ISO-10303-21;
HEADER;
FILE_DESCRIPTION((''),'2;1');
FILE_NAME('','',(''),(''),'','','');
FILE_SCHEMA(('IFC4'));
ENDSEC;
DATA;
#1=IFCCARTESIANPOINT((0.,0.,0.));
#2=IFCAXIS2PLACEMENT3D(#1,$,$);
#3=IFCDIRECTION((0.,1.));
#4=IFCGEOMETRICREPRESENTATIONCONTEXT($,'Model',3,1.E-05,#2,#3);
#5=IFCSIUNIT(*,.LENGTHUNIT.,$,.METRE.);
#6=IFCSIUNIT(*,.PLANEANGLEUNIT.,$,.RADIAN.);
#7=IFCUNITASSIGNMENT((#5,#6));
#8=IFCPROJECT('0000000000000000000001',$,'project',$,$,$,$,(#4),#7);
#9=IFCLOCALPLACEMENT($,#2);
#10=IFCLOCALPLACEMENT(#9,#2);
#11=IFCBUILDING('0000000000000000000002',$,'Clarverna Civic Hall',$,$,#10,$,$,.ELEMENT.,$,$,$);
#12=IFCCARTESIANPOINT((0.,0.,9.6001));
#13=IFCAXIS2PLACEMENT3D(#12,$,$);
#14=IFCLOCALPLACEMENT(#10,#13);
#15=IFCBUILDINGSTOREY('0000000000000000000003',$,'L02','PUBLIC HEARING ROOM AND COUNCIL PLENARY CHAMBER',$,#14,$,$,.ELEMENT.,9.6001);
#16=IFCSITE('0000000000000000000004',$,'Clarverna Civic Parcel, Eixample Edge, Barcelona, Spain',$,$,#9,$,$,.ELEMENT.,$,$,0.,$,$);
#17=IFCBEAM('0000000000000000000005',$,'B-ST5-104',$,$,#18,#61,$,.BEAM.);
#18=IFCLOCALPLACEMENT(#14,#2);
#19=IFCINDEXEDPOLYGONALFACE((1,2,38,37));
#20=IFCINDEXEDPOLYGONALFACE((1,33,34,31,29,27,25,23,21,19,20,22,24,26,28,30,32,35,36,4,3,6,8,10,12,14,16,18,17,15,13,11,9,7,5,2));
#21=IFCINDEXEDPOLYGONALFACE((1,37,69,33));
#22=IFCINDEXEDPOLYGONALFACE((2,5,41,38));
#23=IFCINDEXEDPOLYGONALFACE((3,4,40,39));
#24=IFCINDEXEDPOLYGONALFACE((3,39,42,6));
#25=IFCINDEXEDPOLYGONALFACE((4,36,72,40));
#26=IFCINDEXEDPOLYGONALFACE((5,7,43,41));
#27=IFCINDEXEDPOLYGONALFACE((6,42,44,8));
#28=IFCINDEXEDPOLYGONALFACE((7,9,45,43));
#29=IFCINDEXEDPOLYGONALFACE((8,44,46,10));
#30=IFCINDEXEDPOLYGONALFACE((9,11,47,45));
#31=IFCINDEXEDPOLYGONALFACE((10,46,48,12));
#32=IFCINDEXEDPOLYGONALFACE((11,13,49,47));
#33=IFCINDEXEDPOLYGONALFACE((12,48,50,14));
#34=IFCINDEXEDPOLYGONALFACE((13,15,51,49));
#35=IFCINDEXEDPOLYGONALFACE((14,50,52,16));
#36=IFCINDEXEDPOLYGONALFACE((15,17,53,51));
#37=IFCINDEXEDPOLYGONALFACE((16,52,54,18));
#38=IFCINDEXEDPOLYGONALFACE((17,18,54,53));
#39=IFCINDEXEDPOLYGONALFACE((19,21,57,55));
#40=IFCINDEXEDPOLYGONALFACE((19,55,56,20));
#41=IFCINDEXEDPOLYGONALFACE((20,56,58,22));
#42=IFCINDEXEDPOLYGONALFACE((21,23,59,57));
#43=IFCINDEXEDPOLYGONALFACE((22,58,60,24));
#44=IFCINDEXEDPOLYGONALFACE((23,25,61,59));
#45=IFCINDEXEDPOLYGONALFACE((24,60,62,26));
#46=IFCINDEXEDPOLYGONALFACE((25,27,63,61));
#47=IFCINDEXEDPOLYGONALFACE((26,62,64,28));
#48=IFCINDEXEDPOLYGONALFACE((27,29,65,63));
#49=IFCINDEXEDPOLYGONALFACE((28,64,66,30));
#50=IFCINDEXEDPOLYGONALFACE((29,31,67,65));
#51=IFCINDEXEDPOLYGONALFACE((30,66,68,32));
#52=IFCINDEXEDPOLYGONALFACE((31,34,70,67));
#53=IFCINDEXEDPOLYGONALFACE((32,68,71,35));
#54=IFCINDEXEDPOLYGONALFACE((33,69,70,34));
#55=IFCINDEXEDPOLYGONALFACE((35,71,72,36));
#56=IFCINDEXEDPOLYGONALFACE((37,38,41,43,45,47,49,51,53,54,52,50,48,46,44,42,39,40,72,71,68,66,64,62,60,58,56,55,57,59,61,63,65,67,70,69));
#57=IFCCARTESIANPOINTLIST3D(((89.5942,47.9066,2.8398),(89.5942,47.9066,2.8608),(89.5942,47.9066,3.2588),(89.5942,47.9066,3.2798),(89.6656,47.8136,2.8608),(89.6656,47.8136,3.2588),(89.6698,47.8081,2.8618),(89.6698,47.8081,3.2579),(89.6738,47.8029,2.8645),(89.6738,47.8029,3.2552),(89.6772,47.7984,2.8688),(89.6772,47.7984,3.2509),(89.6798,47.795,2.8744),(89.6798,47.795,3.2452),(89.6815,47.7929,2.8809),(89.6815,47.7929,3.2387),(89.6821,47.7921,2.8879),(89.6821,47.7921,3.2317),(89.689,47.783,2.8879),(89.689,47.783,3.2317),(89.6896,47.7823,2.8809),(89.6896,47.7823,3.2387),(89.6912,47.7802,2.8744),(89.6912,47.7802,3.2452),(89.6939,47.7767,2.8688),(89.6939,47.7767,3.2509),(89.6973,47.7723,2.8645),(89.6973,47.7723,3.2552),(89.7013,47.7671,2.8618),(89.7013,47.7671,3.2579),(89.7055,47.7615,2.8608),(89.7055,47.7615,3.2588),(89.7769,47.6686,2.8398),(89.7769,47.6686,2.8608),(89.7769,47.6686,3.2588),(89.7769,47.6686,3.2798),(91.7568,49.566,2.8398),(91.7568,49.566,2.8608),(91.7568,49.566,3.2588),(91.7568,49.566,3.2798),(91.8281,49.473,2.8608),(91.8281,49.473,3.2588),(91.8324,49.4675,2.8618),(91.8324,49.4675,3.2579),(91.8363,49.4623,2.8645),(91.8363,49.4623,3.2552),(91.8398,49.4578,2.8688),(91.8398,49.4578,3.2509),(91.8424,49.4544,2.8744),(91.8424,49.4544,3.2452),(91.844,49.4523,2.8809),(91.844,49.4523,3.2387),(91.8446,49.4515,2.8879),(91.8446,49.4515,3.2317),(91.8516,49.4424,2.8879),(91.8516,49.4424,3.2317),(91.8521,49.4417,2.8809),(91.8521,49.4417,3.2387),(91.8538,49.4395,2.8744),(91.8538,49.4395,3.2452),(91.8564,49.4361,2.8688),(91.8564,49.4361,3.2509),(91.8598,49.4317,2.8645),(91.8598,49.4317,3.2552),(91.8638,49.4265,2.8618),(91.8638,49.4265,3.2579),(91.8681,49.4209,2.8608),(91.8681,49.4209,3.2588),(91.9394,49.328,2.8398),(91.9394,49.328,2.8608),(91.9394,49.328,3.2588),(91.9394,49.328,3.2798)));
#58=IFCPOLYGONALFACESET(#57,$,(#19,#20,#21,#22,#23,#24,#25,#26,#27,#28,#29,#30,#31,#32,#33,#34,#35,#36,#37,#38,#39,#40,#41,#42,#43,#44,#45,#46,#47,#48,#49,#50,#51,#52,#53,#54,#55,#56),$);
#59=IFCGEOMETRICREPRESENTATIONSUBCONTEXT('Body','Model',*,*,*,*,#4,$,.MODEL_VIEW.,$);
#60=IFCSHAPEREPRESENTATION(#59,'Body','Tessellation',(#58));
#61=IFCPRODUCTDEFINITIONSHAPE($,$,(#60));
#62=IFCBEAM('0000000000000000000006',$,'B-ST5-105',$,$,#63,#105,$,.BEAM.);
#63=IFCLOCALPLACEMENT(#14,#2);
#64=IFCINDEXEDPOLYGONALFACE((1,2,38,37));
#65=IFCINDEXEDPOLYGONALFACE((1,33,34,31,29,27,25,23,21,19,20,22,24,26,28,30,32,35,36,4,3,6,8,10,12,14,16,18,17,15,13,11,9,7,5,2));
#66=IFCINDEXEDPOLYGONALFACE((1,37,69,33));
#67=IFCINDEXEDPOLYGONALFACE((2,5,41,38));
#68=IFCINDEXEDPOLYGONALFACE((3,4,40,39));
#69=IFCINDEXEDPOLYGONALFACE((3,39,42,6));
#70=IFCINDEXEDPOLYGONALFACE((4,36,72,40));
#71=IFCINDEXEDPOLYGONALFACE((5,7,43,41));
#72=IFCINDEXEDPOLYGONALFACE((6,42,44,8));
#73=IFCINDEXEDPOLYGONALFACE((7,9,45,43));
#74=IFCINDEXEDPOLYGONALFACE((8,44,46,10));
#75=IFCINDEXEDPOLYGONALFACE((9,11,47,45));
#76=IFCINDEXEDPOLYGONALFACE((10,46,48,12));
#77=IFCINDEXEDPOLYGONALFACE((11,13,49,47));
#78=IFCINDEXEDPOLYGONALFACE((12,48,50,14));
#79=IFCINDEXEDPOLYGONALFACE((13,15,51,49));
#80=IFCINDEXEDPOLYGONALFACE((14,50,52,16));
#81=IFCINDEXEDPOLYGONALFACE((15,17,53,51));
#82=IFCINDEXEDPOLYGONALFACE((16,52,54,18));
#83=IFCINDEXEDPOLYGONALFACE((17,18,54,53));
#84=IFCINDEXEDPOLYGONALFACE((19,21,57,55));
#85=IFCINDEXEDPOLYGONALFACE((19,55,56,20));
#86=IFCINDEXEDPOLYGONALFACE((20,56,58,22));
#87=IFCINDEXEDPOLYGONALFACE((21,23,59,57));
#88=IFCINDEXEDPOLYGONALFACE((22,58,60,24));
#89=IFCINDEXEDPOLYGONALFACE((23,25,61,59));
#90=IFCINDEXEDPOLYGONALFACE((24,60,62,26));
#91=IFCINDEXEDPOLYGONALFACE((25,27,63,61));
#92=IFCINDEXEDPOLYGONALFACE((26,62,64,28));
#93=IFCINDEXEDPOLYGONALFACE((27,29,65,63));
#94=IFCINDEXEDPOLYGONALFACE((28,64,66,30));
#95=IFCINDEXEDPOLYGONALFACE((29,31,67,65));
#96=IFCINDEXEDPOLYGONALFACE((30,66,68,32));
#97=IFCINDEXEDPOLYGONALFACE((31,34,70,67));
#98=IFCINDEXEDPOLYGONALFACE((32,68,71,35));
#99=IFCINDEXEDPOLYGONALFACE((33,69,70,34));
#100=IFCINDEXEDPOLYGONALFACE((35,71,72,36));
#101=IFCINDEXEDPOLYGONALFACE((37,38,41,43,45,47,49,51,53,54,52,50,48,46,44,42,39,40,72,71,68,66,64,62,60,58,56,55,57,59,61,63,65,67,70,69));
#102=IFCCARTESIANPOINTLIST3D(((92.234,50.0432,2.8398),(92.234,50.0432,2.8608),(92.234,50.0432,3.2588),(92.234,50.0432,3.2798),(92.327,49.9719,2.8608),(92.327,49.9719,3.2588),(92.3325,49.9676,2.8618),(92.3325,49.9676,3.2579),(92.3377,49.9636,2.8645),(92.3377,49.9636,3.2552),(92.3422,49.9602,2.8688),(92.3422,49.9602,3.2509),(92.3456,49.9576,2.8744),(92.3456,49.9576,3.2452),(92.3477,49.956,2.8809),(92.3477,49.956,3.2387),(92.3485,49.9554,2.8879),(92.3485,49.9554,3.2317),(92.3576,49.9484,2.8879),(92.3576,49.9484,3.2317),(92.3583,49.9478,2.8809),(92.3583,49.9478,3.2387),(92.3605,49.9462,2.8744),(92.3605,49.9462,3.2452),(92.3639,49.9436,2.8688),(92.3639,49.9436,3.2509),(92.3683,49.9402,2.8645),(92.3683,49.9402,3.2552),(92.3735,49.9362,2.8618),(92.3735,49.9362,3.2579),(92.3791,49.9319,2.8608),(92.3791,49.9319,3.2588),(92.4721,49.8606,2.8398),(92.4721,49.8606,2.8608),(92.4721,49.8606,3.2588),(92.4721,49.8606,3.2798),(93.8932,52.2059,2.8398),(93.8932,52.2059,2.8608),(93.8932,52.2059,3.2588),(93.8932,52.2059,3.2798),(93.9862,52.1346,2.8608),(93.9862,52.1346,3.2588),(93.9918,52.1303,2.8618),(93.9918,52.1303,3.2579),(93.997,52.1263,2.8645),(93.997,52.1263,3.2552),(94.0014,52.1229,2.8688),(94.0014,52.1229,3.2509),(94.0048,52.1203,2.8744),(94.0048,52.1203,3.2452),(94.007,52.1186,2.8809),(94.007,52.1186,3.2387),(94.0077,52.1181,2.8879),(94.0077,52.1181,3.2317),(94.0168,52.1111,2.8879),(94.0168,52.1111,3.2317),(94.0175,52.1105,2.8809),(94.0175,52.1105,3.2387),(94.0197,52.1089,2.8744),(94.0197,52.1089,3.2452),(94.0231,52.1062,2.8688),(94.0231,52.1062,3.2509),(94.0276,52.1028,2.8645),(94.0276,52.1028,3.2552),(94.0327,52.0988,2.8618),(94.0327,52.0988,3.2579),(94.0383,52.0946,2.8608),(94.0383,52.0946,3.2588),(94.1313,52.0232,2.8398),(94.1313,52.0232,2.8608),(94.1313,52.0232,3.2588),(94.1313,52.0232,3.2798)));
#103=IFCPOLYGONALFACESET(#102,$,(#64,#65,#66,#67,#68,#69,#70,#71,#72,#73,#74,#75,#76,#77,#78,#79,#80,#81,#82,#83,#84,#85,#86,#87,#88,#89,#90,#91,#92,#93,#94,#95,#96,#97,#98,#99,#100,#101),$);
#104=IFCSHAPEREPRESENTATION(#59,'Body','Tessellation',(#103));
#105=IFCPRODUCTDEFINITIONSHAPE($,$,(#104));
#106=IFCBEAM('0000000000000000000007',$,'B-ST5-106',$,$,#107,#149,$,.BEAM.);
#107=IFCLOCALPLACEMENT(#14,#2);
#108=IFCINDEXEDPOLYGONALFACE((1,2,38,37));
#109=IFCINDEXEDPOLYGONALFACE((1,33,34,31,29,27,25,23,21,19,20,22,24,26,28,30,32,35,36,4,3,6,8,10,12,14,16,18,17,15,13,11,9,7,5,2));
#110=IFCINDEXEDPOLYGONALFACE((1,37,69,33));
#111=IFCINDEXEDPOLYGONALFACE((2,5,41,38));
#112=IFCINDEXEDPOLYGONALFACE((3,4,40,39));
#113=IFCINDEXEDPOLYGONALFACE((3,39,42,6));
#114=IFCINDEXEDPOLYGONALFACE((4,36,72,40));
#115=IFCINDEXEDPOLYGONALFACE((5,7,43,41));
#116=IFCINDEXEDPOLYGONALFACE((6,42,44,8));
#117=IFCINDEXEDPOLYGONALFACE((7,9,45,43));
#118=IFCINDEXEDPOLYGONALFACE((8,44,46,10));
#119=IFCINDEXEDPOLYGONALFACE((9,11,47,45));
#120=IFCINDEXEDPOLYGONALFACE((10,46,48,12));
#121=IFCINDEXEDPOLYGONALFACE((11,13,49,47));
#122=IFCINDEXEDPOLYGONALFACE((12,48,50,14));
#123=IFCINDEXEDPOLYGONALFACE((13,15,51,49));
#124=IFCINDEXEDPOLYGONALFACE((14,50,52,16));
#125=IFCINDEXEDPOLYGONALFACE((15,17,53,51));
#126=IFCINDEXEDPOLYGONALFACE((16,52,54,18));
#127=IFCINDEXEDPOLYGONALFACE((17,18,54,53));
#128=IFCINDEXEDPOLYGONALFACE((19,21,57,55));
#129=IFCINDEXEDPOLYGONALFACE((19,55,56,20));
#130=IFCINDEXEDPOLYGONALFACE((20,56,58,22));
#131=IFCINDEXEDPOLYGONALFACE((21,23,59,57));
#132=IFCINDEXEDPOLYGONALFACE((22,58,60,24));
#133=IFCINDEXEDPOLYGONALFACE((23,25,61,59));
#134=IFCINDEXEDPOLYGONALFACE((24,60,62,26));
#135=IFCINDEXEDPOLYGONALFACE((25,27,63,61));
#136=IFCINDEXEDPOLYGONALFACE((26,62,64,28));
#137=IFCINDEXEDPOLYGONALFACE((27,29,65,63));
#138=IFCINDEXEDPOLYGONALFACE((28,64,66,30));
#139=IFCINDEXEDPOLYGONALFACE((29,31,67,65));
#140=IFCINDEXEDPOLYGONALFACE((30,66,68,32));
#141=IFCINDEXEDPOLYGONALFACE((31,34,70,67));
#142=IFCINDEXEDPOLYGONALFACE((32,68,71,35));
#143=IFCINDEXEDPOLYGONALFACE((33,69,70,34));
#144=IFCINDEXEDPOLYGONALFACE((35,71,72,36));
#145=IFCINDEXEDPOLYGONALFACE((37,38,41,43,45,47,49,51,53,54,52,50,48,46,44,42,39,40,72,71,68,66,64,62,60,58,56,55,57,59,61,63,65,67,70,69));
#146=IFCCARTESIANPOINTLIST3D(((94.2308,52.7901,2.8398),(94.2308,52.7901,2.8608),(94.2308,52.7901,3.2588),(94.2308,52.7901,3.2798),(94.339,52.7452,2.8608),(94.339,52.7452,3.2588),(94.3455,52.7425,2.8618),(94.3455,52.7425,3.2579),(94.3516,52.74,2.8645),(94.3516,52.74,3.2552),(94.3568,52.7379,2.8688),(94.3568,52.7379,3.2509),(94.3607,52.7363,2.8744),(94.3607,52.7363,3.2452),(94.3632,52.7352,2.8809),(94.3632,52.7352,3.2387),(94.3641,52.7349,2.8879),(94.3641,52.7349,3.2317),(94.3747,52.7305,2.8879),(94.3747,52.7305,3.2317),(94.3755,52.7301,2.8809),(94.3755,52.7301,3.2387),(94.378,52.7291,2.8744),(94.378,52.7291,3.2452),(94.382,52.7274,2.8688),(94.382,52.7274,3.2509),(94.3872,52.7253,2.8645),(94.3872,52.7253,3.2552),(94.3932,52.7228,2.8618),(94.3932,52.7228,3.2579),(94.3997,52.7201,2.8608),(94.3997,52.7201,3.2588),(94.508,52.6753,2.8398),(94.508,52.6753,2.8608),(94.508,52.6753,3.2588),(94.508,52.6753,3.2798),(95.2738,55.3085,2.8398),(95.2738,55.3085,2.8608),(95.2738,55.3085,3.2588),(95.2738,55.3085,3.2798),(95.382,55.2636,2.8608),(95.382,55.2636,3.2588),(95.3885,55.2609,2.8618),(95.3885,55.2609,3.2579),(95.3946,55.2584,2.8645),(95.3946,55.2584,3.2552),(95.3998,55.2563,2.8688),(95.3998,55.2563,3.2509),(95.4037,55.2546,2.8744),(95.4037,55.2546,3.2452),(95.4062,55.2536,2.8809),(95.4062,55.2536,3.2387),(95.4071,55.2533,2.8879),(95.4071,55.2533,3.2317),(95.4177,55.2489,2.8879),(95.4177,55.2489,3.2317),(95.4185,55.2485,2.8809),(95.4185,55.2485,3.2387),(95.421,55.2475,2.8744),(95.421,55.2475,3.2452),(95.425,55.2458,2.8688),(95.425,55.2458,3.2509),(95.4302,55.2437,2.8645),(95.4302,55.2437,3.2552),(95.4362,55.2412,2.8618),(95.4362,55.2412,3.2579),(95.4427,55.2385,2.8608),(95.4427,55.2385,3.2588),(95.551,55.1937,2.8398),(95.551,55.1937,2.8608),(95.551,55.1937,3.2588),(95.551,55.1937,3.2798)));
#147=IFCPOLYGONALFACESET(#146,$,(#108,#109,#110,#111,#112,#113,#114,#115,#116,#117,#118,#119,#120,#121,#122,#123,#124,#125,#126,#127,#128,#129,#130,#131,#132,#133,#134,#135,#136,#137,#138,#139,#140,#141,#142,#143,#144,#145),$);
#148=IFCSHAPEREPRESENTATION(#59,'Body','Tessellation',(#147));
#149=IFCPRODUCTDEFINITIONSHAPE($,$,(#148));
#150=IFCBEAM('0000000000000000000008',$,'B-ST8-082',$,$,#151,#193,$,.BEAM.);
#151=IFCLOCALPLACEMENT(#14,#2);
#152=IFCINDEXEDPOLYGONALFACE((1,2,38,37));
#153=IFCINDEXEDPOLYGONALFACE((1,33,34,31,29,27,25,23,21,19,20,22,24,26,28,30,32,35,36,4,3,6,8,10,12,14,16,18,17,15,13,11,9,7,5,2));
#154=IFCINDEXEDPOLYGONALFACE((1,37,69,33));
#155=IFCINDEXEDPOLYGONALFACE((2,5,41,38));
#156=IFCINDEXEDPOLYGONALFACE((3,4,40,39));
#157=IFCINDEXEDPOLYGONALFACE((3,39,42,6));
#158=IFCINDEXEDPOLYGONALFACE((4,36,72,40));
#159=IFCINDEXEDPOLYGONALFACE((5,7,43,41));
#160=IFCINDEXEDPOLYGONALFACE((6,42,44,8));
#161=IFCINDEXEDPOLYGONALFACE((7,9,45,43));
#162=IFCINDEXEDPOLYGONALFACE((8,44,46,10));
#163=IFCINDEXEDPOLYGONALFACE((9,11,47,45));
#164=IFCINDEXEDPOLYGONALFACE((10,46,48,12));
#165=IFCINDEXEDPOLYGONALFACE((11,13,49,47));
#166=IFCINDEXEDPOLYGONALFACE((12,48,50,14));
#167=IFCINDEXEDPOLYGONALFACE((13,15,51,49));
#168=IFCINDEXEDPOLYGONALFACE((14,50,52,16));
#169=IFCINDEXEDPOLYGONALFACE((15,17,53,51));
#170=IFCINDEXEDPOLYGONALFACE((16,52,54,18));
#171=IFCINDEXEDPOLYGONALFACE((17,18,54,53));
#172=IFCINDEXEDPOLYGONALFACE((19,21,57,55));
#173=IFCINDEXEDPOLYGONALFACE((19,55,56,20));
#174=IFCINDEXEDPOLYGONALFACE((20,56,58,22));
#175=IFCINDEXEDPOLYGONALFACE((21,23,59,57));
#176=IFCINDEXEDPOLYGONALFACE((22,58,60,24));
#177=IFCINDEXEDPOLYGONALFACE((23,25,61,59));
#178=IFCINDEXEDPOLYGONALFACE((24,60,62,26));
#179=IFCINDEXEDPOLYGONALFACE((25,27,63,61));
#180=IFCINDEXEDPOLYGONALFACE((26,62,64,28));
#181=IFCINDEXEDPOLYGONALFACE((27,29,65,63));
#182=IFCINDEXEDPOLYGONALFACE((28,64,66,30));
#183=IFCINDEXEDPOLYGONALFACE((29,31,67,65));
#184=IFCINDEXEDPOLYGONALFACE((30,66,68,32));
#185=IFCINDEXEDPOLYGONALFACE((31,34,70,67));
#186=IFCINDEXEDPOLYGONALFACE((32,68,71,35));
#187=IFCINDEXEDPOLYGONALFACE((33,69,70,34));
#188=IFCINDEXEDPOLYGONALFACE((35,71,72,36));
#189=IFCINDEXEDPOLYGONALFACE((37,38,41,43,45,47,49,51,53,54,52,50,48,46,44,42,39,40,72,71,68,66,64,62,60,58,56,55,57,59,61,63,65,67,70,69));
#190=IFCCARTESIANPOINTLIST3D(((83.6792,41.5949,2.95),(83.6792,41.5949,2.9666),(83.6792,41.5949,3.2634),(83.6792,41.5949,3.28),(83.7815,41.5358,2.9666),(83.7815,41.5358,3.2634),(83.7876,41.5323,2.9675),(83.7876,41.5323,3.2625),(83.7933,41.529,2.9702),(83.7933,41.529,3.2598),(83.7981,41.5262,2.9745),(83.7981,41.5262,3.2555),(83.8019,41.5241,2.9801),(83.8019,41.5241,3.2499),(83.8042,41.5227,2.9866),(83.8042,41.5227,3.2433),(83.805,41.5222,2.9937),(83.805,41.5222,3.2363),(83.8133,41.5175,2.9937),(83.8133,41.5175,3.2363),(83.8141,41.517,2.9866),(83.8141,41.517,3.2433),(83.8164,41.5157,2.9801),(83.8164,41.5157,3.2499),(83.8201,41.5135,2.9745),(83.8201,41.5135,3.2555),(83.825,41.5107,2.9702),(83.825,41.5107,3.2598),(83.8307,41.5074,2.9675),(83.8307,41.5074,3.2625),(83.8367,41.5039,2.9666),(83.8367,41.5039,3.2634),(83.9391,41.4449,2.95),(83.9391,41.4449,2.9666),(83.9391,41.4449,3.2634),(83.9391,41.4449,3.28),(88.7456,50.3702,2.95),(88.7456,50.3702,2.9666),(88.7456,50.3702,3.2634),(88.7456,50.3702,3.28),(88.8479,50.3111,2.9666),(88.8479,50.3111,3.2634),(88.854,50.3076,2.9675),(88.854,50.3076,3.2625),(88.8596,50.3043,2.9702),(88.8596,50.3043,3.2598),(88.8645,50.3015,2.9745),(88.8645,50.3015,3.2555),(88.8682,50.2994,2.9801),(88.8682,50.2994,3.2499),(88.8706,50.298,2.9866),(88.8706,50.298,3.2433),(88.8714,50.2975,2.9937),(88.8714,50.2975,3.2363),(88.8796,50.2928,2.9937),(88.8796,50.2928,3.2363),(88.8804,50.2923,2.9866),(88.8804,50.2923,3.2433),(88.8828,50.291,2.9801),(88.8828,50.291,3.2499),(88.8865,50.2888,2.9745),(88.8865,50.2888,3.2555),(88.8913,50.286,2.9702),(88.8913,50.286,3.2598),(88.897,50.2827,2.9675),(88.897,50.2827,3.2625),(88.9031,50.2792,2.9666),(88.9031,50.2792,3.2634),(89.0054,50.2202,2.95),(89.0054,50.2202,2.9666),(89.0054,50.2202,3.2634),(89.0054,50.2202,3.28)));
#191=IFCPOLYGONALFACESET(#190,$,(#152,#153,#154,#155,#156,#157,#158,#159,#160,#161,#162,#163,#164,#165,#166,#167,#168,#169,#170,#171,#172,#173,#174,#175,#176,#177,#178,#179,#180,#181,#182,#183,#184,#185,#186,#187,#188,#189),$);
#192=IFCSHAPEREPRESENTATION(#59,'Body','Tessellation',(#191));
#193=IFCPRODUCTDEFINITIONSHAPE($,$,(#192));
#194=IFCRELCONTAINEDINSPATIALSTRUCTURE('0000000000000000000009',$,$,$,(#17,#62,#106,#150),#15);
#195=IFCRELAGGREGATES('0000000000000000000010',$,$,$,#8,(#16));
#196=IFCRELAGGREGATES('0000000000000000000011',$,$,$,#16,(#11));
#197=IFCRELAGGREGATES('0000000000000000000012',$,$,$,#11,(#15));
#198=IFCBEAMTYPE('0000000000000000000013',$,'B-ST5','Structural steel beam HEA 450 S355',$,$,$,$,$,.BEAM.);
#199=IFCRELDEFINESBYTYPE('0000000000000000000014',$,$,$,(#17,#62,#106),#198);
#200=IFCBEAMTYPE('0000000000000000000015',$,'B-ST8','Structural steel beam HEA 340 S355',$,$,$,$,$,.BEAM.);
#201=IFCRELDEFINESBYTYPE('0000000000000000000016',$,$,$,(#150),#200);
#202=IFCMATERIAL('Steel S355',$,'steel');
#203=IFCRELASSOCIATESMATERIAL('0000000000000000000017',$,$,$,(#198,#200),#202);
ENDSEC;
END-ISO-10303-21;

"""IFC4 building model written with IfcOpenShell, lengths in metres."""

from ifc_helpers import new_model, si_unit, direction, frame, origin, origin_2d, place, context, subcontext, project, spatial, i_section, extrude, material, material_profile, profile_set, type_object, element, save


model = new_model("IFC4")

# Units and contexts
model_context = context("Model", 3, precision=1e-05, world=origin(), true_north=direction((0.0, 1.0)))
body_context = subcontext(model_context, "Body", "Model", "MODEL_VIEW")
ifc_project = project(units=[si_unit("LENGTHUNIT", "METRE"), si_unit("PLANEANGLEUNIT", "RADIAN")], contexts=[model_context])

# Site, building, storey
site_placement = place(None, origin())
site = spatial("IfcSite", under=ifc_project, at=site_placement, Name="Clarverna Civic Parcel, Eixample Edge, Barcelona, Spain", CompositionType="ELEMENT", RefElevation=0.0)
building_placement = place(site_placement, origin())
building = spatial("IfcBuilding", under=site, at=building_placement, Name="Clarverna Civic Hall", CompositionType="ELEMENT")
storey_placement = place(building_placement, frame((0.0, 0.0, 9.6001)))
storey = spatial("IfcBuildingStorey", under=building, at=storey_placement, Name="L02", Description="PUBLIC HEARING ROOM AND COUNCIL PLENARY CHAMBER", CompositionType="ELEMENT", Elevation=9.6001)

# Beams
ifc_material_1 = material(Name="Steel S355", Category="steel")
ifc_material_profile_1 = material_profile(ifc_material_1, i_section(OverallWidth=0.3, OverallDepth=0.4399, WebThickness=0.0115, FlangeThickness=0.021, FilletRadius=0.0271, at=origin_2d()), Name="HEA 450")
ifc_profile_set_1 = profile_set([ifc_material_profile_1], Name="Steel S355")
beam_type_1 = type_object("IfcBeamType", Name="B-ST5", Description="Structural steel beam HEA 450 S355", PredefinedType="BEAM", material=ifc_profile_set_1)
for number, where, z_axis, x_axis, name in (
    (1, (89.6855, 47.7876, 3.0598), (0.793353, 0.608762, 0.0), (-0.608762, 0.793353, 0.0), "B-ST5-104"),
    (2, (92.353, 49.9519, 3.0598), (0.608706, 0.793396, 0.0), (-0.793396, 0.608706, 0.0), "B-ST5-105"),
    (3, (94.3694, 52.7327, 3.0598), (0.382637, 0.923899, 0.0), (-0.923899, 0.382637, 0.0), "B-ST5-106"),
):
    element("IfcBeam", number, at=place(storey_placement, frame(where, z_axis=z_axis, x_axis=x_axis)), inside=storey, type_object=beam_type_1, Name=name, PredefinedType="BEAM", context=body_context, shape_type="SweptSolid", body=[
        extrude(i_section(OverallWidth=0.3, OverallDepth=0.4399, WebThickness=0.0115, FlangeThickness=0.021, FilletRadius=0.0271, at=origin_2d()), origin(), (0.0, 0.0, 1.0), 2.7258),
    ])
ifc_material_profile_2 = material_profile(ifc_material_1, i_section(OverallWidth=0.3, OverallDepth=0.3301, WebThickness=0.0095, FlangeThickness=0.0166, FilletRadius=0.0271, at=origin_2d()), Name="HEA 340")
ifc_profile_set_2 = profile_set([ifc_material_profile_2], Name="Steel S355")
beam_type_2 = type_object("IfcBeamType", Name="B-ST8", Description="Structural steel beam HEA 340 S355", PredefinedType="BEAM", material=ifc_profile_set_2)
beam_placement = place(storey_placement, frame((88.8755, 50.2952, 3.115), z_axis=(-0.499995, -0.866028, 0.0), x_axis=(0.866028, -0.499995, 0.0)))
element("IfcBeam", 4, at=beam_placement, inside=storey, type_object=beam_type_2, Name="B-ST8-082", PredefinedType="BEAM", context=body_context, shape_type="SweptSolid", body=[
    extrude(i_section(OverallWidth=0.3, OverallDepth=0.3301, WebThickness=0.0095, FlangeThickness=0.0166, FilletRadius=0.0271, at=origin_2d()), origin(), (0.0, 0.0, 1.0), 10.1328),
])

save(model, "model.ifc")
